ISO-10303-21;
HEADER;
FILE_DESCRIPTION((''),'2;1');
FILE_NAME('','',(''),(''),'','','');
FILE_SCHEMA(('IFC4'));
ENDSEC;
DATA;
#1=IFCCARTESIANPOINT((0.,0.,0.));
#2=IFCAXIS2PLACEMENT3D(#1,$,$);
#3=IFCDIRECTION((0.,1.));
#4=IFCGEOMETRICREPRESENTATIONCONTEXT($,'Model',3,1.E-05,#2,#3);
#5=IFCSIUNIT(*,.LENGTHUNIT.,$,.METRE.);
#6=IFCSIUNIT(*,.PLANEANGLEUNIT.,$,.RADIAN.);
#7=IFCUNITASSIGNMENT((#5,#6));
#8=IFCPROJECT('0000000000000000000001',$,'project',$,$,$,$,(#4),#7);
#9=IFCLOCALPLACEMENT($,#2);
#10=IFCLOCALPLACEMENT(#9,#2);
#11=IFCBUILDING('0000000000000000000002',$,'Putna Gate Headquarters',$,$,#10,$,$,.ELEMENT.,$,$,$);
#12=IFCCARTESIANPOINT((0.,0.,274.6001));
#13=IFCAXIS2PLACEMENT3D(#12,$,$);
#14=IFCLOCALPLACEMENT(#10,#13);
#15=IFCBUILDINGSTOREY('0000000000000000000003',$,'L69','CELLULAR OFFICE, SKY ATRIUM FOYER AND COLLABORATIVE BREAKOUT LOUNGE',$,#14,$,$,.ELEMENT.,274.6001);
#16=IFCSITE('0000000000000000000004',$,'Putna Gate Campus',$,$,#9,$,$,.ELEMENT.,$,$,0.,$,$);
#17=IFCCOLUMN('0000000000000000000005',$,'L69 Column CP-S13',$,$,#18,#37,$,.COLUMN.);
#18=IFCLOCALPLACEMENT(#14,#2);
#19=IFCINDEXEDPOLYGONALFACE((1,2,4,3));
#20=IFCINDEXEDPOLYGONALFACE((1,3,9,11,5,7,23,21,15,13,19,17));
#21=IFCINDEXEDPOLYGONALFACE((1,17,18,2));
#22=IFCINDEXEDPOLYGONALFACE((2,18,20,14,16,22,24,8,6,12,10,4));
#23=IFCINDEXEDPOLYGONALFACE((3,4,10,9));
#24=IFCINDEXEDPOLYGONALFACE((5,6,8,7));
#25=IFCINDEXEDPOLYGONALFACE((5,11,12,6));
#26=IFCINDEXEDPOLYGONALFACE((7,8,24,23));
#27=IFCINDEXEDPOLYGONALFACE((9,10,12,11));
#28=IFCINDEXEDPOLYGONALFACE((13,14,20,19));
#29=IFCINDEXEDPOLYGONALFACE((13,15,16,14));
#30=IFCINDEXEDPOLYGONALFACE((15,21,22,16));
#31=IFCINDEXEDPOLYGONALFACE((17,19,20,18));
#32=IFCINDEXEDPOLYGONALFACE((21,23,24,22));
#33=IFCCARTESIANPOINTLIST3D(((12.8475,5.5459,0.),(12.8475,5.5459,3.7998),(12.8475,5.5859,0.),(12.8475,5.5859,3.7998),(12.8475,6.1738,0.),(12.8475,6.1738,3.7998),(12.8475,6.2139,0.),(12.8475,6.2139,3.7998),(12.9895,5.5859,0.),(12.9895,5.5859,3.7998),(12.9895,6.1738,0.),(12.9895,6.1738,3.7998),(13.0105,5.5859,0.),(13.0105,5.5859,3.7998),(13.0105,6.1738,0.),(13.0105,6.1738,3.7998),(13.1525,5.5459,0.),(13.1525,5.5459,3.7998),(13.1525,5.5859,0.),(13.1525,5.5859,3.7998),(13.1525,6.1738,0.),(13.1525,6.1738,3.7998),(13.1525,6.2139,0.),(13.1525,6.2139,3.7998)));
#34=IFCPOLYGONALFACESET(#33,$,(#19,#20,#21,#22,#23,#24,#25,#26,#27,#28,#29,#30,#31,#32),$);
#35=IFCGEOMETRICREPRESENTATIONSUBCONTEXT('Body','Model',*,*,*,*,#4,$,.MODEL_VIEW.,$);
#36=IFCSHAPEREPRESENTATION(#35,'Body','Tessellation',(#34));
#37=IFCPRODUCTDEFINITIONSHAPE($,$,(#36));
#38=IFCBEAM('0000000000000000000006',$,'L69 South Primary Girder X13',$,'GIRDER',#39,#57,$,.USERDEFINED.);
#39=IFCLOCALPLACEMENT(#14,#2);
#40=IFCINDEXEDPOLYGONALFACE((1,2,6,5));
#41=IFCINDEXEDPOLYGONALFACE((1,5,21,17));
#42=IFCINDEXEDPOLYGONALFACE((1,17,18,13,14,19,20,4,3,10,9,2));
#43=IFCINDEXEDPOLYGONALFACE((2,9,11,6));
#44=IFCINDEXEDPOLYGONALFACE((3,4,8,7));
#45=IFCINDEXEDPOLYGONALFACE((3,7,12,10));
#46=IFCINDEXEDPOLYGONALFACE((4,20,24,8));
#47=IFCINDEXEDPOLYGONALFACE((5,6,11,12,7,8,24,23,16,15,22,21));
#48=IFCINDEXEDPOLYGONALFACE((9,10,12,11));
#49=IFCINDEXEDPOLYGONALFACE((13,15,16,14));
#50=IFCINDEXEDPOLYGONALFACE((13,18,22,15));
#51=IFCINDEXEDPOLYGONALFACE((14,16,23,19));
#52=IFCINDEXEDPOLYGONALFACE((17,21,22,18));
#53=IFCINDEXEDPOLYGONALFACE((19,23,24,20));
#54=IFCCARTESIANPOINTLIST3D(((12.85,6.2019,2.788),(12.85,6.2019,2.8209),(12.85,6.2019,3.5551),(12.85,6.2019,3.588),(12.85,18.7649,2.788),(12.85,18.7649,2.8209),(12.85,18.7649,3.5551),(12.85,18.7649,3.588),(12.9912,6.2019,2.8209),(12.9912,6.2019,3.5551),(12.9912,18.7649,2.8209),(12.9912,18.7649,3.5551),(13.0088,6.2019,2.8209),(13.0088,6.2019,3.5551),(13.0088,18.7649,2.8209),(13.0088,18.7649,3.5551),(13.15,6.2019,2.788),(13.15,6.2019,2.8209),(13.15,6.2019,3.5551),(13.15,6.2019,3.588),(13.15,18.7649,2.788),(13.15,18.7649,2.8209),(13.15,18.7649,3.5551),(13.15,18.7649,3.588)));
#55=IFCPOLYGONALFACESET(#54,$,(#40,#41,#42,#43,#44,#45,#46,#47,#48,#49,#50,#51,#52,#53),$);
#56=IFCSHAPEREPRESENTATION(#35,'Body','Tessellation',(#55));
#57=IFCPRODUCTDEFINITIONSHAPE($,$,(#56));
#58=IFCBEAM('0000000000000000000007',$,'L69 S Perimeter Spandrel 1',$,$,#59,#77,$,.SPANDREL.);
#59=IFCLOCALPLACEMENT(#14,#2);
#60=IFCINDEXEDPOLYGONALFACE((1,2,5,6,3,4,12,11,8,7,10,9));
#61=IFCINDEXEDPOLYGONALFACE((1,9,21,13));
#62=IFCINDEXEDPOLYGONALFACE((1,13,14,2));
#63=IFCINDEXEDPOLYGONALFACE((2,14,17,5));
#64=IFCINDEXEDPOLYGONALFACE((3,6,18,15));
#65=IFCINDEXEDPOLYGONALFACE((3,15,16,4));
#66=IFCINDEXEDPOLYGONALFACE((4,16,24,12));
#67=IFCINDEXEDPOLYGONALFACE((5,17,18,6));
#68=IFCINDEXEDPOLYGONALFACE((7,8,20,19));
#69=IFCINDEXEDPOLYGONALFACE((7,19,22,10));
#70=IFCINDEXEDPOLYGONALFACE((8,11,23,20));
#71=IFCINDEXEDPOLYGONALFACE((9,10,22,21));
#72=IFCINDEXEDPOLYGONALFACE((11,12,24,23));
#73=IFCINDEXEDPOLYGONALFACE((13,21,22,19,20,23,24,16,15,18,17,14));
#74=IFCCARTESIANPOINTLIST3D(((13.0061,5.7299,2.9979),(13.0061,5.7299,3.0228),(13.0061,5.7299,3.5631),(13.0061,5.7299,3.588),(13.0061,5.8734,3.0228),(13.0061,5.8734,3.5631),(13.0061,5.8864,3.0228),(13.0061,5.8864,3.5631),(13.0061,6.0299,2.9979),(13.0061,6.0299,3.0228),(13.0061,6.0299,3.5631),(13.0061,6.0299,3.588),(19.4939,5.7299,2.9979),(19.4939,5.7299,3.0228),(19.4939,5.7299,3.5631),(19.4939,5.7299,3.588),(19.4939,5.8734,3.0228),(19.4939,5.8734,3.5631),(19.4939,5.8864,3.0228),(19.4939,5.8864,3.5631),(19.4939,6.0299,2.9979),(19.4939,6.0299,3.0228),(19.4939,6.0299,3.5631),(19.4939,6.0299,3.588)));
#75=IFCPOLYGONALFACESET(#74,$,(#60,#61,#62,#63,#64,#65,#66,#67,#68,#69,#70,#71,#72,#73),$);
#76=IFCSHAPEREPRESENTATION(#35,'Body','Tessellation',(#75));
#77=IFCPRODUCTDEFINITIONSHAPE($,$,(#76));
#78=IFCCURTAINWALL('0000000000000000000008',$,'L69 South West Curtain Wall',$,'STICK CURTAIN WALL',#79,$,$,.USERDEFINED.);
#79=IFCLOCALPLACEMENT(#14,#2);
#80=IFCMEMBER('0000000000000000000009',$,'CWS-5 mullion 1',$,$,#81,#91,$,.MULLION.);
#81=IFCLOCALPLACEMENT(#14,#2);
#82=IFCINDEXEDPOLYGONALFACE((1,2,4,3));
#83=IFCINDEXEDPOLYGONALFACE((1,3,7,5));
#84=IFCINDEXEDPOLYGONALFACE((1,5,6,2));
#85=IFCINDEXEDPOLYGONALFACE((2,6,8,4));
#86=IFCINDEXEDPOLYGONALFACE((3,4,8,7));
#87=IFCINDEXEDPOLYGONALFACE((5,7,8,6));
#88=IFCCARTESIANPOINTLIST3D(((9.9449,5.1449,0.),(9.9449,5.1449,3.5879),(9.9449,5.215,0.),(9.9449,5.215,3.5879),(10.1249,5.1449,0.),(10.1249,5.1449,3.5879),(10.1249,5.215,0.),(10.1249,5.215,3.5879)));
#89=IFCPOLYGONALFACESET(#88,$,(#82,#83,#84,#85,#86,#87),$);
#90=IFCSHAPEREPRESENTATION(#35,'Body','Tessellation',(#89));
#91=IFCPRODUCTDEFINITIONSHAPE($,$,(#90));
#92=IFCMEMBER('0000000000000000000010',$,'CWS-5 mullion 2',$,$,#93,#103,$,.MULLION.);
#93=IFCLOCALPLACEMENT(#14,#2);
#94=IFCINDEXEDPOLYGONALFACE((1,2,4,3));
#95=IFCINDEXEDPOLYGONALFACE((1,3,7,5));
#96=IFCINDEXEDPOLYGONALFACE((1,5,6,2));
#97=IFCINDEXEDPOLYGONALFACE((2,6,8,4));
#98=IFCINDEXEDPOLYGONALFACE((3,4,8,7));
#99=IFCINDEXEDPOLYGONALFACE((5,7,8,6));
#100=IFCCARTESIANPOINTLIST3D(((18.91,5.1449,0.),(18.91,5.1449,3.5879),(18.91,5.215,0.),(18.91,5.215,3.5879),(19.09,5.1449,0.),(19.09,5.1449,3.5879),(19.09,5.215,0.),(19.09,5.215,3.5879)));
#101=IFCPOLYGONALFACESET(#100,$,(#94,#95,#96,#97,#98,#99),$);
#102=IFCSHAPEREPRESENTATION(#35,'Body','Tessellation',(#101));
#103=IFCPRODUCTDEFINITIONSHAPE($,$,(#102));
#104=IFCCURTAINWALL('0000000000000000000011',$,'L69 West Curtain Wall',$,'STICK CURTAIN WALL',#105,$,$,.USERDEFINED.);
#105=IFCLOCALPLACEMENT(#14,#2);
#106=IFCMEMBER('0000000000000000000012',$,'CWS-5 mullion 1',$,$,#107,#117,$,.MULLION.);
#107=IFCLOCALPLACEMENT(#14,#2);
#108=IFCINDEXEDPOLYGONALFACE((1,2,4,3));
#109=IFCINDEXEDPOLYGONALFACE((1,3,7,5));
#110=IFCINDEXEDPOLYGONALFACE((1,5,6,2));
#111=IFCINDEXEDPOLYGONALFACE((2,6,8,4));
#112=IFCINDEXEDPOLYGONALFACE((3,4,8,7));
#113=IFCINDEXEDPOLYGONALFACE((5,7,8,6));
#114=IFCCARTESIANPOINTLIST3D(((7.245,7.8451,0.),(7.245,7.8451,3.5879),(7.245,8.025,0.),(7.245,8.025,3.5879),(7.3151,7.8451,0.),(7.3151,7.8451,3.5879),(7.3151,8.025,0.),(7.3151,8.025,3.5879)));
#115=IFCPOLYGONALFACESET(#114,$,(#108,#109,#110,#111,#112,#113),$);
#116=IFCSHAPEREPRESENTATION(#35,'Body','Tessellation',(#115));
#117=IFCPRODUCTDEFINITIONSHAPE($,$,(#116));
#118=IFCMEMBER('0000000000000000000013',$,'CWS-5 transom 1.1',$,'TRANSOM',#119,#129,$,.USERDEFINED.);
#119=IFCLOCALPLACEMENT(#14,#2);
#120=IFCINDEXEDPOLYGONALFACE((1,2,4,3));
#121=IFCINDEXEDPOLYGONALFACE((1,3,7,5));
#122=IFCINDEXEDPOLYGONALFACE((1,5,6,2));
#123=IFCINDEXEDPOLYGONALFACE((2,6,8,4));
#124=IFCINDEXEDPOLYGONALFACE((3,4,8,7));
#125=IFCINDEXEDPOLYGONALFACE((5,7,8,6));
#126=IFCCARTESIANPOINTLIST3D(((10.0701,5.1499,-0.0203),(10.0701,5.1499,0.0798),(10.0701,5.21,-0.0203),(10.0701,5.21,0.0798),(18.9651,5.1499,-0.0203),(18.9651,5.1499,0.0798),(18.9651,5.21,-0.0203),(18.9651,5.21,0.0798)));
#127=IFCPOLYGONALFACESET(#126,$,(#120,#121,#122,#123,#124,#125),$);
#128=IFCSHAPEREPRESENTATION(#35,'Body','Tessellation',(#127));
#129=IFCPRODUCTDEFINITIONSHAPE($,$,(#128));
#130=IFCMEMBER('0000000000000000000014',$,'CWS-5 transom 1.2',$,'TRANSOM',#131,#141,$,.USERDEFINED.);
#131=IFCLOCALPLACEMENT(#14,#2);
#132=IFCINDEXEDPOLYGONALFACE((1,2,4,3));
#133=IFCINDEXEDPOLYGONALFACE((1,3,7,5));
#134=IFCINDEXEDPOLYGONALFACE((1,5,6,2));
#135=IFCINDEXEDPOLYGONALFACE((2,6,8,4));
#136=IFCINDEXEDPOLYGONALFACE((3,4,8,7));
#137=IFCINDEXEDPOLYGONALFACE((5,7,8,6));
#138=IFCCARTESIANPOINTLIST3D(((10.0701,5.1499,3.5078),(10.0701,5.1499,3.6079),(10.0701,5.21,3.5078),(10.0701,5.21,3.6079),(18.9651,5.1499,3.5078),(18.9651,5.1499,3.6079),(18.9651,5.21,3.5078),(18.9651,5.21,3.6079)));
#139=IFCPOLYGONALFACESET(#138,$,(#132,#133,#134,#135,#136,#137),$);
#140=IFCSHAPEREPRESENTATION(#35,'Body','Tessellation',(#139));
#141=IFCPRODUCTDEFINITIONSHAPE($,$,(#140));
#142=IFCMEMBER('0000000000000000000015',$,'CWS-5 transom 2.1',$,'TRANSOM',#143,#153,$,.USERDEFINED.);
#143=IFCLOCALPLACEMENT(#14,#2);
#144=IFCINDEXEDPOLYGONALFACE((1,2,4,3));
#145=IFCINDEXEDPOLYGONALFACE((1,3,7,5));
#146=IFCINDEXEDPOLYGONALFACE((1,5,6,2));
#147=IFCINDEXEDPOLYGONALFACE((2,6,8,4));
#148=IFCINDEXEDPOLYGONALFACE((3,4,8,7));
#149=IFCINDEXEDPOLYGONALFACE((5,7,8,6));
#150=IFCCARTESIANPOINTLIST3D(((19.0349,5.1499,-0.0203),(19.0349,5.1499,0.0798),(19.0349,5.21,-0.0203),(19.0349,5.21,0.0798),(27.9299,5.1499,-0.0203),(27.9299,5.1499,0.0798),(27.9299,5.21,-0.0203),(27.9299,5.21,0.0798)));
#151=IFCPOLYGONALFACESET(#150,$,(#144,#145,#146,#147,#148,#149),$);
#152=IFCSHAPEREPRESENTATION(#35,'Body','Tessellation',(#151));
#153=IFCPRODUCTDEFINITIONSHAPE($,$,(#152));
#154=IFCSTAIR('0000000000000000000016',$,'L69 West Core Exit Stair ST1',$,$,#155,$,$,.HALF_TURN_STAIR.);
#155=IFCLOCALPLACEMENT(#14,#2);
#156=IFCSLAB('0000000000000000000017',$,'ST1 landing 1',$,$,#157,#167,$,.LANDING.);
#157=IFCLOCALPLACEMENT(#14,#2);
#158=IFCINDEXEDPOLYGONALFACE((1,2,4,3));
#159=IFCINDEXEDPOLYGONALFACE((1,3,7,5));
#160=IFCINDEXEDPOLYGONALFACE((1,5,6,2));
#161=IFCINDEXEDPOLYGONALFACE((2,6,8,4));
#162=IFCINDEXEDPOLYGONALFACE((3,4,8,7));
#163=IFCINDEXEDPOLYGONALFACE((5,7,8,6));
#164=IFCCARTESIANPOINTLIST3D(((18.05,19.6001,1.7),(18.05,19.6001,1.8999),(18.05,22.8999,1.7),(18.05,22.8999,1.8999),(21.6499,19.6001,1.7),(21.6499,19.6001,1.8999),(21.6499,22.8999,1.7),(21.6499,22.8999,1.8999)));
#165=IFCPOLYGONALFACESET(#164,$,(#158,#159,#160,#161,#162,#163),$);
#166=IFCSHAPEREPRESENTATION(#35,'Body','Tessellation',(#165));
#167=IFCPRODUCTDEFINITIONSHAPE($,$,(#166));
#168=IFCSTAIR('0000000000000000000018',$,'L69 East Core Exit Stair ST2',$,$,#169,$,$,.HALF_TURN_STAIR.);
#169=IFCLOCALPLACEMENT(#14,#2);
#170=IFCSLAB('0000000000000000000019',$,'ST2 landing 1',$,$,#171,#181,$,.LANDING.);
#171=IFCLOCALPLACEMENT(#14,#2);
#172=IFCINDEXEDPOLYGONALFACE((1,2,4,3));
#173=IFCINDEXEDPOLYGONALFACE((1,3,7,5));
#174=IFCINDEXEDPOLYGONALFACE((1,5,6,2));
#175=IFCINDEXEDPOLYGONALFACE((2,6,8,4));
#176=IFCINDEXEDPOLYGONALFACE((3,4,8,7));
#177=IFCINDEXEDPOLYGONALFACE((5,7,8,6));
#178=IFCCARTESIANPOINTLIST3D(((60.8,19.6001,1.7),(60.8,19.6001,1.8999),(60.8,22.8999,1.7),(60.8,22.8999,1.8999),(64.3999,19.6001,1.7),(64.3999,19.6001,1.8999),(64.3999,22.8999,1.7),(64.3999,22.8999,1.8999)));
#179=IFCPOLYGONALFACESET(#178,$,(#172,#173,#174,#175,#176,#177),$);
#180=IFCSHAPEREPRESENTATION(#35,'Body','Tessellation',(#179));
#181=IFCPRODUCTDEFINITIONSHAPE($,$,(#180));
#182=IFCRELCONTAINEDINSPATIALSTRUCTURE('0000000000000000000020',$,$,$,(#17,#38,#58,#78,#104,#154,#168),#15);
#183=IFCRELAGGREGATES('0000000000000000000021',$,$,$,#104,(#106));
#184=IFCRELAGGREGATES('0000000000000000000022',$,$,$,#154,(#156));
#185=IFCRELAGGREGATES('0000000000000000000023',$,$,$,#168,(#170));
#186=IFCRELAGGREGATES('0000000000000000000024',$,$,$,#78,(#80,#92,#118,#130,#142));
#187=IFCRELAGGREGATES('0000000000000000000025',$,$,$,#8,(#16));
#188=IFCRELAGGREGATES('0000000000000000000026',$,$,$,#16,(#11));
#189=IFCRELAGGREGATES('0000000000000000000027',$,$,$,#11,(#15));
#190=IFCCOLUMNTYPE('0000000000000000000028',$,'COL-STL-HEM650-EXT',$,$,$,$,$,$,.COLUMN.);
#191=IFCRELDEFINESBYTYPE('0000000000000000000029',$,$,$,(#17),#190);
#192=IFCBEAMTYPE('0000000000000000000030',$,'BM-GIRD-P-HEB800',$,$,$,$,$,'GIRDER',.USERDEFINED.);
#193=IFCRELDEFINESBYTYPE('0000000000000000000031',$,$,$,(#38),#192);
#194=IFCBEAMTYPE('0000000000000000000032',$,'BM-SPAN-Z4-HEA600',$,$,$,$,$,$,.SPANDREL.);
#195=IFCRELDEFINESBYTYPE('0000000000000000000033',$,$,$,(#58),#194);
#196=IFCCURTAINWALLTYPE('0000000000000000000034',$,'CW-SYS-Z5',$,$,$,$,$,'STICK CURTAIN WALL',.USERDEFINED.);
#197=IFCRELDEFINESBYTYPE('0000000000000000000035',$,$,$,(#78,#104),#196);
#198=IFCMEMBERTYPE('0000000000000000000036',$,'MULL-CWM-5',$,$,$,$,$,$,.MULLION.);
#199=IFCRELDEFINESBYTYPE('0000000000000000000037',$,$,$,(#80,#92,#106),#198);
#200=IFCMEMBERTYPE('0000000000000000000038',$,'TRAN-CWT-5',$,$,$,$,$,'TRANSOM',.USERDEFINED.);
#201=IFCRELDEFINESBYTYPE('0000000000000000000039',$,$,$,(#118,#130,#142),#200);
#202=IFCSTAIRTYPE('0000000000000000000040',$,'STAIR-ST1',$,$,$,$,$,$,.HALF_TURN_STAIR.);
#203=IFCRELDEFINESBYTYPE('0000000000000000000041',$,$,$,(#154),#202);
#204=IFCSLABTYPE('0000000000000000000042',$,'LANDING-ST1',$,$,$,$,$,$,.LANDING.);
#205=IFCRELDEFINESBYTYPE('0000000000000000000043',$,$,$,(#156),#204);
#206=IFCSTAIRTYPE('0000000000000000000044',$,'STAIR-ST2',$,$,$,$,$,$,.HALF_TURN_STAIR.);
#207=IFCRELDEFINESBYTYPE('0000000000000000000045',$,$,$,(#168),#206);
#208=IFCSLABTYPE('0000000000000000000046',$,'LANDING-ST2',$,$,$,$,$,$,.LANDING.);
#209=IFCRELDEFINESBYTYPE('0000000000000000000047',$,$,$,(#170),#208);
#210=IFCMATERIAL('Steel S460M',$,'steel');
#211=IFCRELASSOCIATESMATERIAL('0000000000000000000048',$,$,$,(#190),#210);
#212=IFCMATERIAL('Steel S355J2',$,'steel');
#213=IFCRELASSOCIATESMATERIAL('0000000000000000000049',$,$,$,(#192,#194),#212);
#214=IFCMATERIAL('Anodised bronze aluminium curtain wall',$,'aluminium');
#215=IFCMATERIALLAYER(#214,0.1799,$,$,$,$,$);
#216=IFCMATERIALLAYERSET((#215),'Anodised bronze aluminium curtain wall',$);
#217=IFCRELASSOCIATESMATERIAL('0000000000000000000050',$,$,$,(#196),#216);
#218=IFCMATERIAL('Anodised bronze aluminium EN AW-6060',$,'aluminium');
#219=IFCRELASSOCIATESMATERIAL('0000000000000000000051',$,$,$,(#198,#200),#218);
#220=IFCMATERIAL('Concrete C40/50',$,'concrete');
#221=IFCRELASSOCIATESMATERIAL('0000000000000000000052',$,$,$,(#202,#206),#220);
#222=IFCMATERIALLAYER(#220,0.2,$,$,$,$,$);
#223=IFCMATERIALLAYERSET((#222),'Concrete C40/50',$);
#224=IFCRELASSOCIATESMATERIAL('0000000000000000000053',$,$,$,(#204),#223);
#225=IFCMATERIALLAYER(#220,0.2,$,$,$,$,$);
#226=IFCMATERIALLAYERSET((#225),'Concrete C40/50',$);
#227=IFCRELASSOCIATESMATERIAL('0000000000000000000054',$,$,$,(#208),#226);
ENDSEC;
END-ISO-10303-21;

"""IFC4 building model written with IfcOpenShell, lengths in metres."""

from ifc_helpers import new_model, si_unit, direction, frame, origin, origin_2d, place, context, subcontext, project, spatial, polyline, rectangle, i_section, outline, extrude, material, layer, layer_set, material_profile, profile_set, type_object, element, aggregate, save


model = new_model("IFC4")

# Units and contexts
model_context = context("Model", 3, precision=1e-05, world=origin(), true_north=direction((0.0, 1.0)))
body_context = subcontext(model_context, "Body", "Model", "MODEL_VIEW")
ifc_project = project(units=[si_unit("LENGTHUNIT", "METRE"), si_unit("PLANEANGLEUNIT", "RADIAN")], contexts=[model_context])

# Site, building, storey
site_placement = place(None, origin())
site = spatial("IfcSite", under=ifc_project, at=site_placement, Name="Putna Gate Campus", CompositionType="ELEMENT", RefElevation=0.0)
building_placement = place(site_placement, origin())
building = spatial("IfcBuilding", under=site, at=building_placement, Name="Putna Gate Headquarters", CompositionType="ELEMENT")
storey_placement = place(building_placement, frame((0.0, 0.0, 274.6001)))
storey = spatial("IfcBuildingStorey", under=building, at=storey_placement, Name="L69", Description="CELLULAR OFFICE, SKY ATRIUM FOYER AND COLLABORATIVE BREAKOUT LOUNGE", CompositionType="ELEMENT", Elevation=274.6001)

# Column
ifc_material_1 = material(Name="Steel S460M", Category="steel")
ifc_material_profile_1 = material_profile(ifc_material_1, i_section(OverallWidth=0.3049, OverallDepth=0.668, WebThickness=0.021, FlangeThickness=0.04, at=origin_2d()), Name="Steel S460M")
ifc_profile_set_1 = profile_set([ifc_material_profile_1], Name="Steel S460M")
column_type = type_object("IfcColumnType", Name="COL-STL-HEM650-EXT", PredefinedType="COLUMN", material=ifc_profile_set_1)
column_placement = place(storey_placement, frame((13.0, 5.8799, 0.0), z_axis=(0.0, 0.0, 1.0), x_axis=(1.0, 0.0, 0.0)))
element("IfcColumn", 1, at=column_placement, inside=storey, type_object=column_type, Name="L69 Column CP-S13", PredefinedType="COLUMN", context=body_context, shape_type="SweptSolid", body=[
    extrude(i_section(OverallWidth=0.3049, OverallDepth=0.668, WebThickness=0.021, FlangeThickness=0.04, at=origin_2d()), origin(), (0.0, 0.0, 1.0), 3.7998),
])

# Beams
ifc_material_2 = material(Name="Steel S355J2", Category="steel")
ifc_material_profile_2 = material_profile(ifc_material_2, i_section(OverallWidth=0.3, OverallDepth=0.8, WebThickness=0.0176, FlangeThickness=0.033, at=origin_2d()), Name="Steel S355J2")
ifc_profile_set_2 = profile_set([ifc_material_profile_2], Name="Steel S355J2")
beam_type_1 = type_object("IfcBeamType", Name="BM-GIRD-P-HEB800", ElementType="GIRDER", PredefinedType="USERDEFINED", material=ifc_profile_set_2)
beam_1_placement = place(storey_placement, frame((13.0, 6.2019, 3.188), z_axis=(0.0, 1.0, 0.0), x_axis=(-1.0, 0.0, 0.0)))
element("IfcBeam", 2, at=beam_1_placement, inside=storey, type_object=beam_type_1, Name="L69 South Primary Girder X13", ObjectType="GIRDER", PredefinedType="USERDEFINED", context=body_context, shape_type="SweptSolid", body=[
    extrude(i_section(OverallWidth=0.3, OverallDepth=0.8, WebThickness=0.0176, FlangeThickness=0.033, at=origin_2d()), origin(), (0.0, 0.0, 1.0), 12.563),
])
ifc_material_profile_3 = material_profile(ifc_material_2, i_section(OverallWidth=0.3, OverallDepth=0.5901, WebThickness=0.0129, FlangeThickness=0.0249, at=origin_2d()), Name="Steel S355J2")
ifc_profile_set_3 = profile_set([ifc_material_profile_3], Name="Steel S355J2")
beam_type_2 = type_object("IfcBeamType", Name="BM-SPAN-Z4-HEA600", PredefinedType="SPANDREL", material=ifc_profile_set_3)
beam_2_placement = place(storey_placement, frame((13.0061, 5.8799, 3.293), z_axis=(1.0, 0.0, 0.0), x_axis=(0.0, 1.0, 0.0)))
element("IfcBeam", 3, at=beam_2_placement, inside=storey, type_object=beam_type_2, Name="L69 S Perimeter Spandrel 1", PredefinedType="SPANDREL", context=body_context, shape_type="SweptSolid", body=[
    extrude(i_section(OverallWidth=0.3, OverallDepth=0.5901, WebThickness=0.0129, FlangeThickness=0.0249, at=origin_2d()), origin(), (0.0, 0.0, 1.0), 6.4878),
])

# Curtain wall, members
ifc_material_3 = material(Name="Anodised bronze aluminium curtain wall", Category="aluminium")
ifc_layer_1 = layer(ifc_material_3, 0.1799)
ifc_layer_set_1 = layer_set([ifc_layer_1], Name="Anodised bronze aluminium curtain wall")
curtain_wall_type = type_object("IfcCurtainWallType", Name="CW-SYS-Z5", ElementType="STICK CURTAIN WALL", PredefinedType="USERDEFINED", material=ifc_layer_set_1)
curtain_wall_1_placement = place(storey_placement, origin())
curtain_wall_1 = element("IfcCurtainWall", 4, at=curtain_wall_1_placement, inside=storey, type_object=curtain_wall_type, Name="L69 South West Curtain Wall", ObjectType="STICK CURTAIN WALL", PredefinedType="USERDEFINED")
ifc_material_4 = material(Name="Anodised bronze aluminium EN AW-6060", Category="aluminium")
ifc_material_profile_4 = material_profile(ifc_material_4, rectangle(XDim=0.0701, YDim=0.1799, at=origin_2d()), Name="Anodised bronze aluminium EN AW-6060")
ifc_profile_set_4 = profile_set([ifc_material_profile_4], Name="Anodised bronze aluminium EN AW-6060")
member_type_1 = type_object("IfcMemberType", Name="MULL-CWM-5", PredefinedType="MULLION", material=ifc_profile_set_4)
member_1_placement = place(storey_placement, frame((10.0349, 5.1799, 0.0), z_axis=(0.0, 0.0, 1.0), x_axis=(0.0, 1.0, 0.0)))
member_1 = element("IfcMember", 5, at=member_1_placement, type_object=member_type_1, Name="CWS-5 mullion 1", PredefinedType="MULLION", context=body_context, shape_type="SweptSolid", body=[
    extrude(rectangle(XDim=0.0701, YDim=0.1799, at=origin_2d()), origin(), (0.0, 0.0, 1.0), 3.5879),
])
member_2_placement = place(storey_placement, frame((19.0, 5.1799, 0.0), z_axis=(0.0, 0.0, 1.0), x_axis=(0.0, 1.0, 0.0)))
member_2 = element("IfcMember", 6, at=member_2_placement, type_object=member_type_1, Name="CWS-5 mullion 2", PredefinedType="MULLION", context=body_context, shape_type="SweptSolid", body=[
    extrude(rectangle(XDim=0.0701, YDim=0.1799, at=origin_2d()), origin(), (0.0, 0.0, 1.0), 3.5879),
])

# Curtain wall, member
curtain_wall_2_placement = place(storey_placement, origin())
curtain_wall_2 = element("IfcCurtainWall", 7, at=curtain_wall_2_placement, inside=storey, type_object=curtain_wall_type, Name="L69 West Curtain Wall", ObjectType="STICK CURTAIN WALL", PredefinedType="USERDEFINED")
member_3_placement = place(storey_placement, frame((7.28, 7.9351, 0.0), z_axis=(0.0, 0.0, 1.0), x_axis=(-1.0, 0.0, 0.0)))
member_3 = element("IfcMember", 8, at=member_3_placement, type_object=member_type_1, Name="CWS-5 mullion 1", PredefinedType="MULLION", context=body_context, shape_type="SweptSolid", body=[
    extrude(rectangle(XDim=0.0701, YDim=0.1799, at=origin_2d()), origin(), (0.0, 0.0, 1.0), 3.5879),
])
aggregate(curtain_wall_2, [member_3])

# Members
ifc_material_profile_5 = material_profile(ifc_material_4, rectangle(XDim=0.0601, YDim=0.1001, at=origin_2d()), Name="Anodised bronze aluminium EN AW-6060")
ifc_profile_set_5 = profile_set([ifc_material_profile_5], Name="Anodised bronze aluminium EN AW-6060")
member_type_2 = type_object("IfcMemberType", Name="TRAN-CWT-5", ElementType="TRANSOM", PredefinedType="USERDEFINED", material=ifc_profile_set_5)
member_4_placement = place(storey_placement, frame((10.0701, 5.1799, 0.0298), z_axis=(1.0, 0.0, 0.0), x_axis=(0.0, 1.0, 0.0)))
member_4 = element("IfcMember", 9, at=member_4_placement, type_object=member_type_2, Name="CWS-5 transom 1.1", ObjectType="TRANSOM", PredefinedType="USERDEFINED", context=body_context, shape_type="SweptSolid", body=[
    extrude(rectangle(XDim=0.0601, YDim=0.1001, at=origin_2d()), origin(), (0.0, 0.0, 1.0), 8.895),
])
member_5_placement = place(storey_placement, frame((10.0701, 5.1799, 3.5579), z_axis=(1.0, 0.0, 0.0), x_axis=(0.0, 1.0, 0.0)))
member_5 = element("IfcMember", 10, at=member_5_placement, type_object=member_type_2, Name="CWS-5 transom 1.2", ObjectType="TRANSOM", PredefinedType="USERDEFINED", context=body_context, shape_type="SweptSolid", body=[
    extrude(rectangle(XDim=0.0601, YDim=0.1001, at=origin_2d()), origin(), (0.0, 0.0, 1.0), 8.895),
])
member_6_placement = place(storey_placement, frame((19.0349, 5.1799, 0.0298), z_axis=(1.0, 0.0, 0.0), x_axis=(0.0, 1.0, 0.0)))
member_6 = element("IfcMember", 11, at=member_6_placement, type_object=member_type_2, Name="CWS-5 transom 2.1", ObjectType="TRANSOM", PredefinedType="USERDEFINED", context=body_context, shape_type="SweptSolid", body=[
    extrude(rectangle(XDim=0.0601, YDim=0.1001, at=origin_2d()), origin(), (0.0, 0.0, 1.0), 8.895),
])

# Stairs, slabs
ifc_material_5 = material(Name="Concrete C40/50", Category="concrete")
stair_type_1 = type_object("IfcStairType", Name="STAIR-ST1", PredefinedType="HALF_TURN_STAIR", material=ifc_material_5)
stair_1_placement = place(storey_placement, origin())
stair_1 = element("IfcStair", 12, at=stair_1_placement, inside=storey, type_object=stair_type_1, Name="L69 West Core Exit Stair ST1", PredefinedType="HALF_TURN_STAIR")
ifc_layer_2 = layer(ifc_material_5, 0.2)
ifc_layer_set_2 = layer_set([ifc_layer_2], Name="Concrete C40/50")
slab_type_1 = type_object("IfcSlabType", Name="LANDING-ST1", PredefinedType="LANDING", material=ifc_layer_set_2)
slab_1_placement = place(storey_placement, frame((0.0, 0.0, 1.7)))
slab_1 = element("IfcSlab", 13, at=slab_1_placement, type_object=slab_type_1, Name="ST1 landing 1", PredefinedType="LANDING", context=body_context, shape_type="SweptSolid", body=[
    extrude(outline(polyline([(18.05, 19.6001), (21.6499, 19.6001), (21.6499, 22.8999), (18.05, 22.8999), (18.05, 19.6001)])), origin(), (0.0, 0.0, 1.0), 0.2),
])
aggregate(stair_1, [slab_1])
stair_type_2 = type_object("IfcStairType", Name="STAIR-ST2", PredefinedType="HALF_TURN_STAIR", material=ifc_material_5)
stair_2_placement = place(storey_placement, origin())
stair_2 = element("IfcStair", 14, at=stair_2_placement, inside=storey, type_object=stair_type_2, Name="L69 East Core Exit Stair ST2", PredefinedType="HALF_TURN_STAIR")
ifc_layer_3 = layer(ifc_material_5, 0.2)
ifc_layer_set_3 = layer_set([ifc_layer_3], Name="Concrete C40/50")
slab_type_2 = type_object("IfcSlabType", Name="LANDING-ST2", PredefinedType="LANDING", material=ifc_layer_set_3)
slab_2_placement = place(storey_placement, frame((0.0, 0.0, 1.7)))
slab_2 = element("IfcSlab", 15, at=slab_2_placement, type_object=slab_type_2, Name="ST2 landing 1", PredefinedType="LANDING", context=body_context, shape_type="SweptSolid", body=[
    extrude(outline(polyline([(60.8, 19.6001), (64.3999, 19.6001), (64.3999, 22.8999), (60.8, 22.8999), (60.8, 19.6001)])), origin(), (0.0, 0.0, 1.0), 0.2),
])
aggregate(stair_2, [slab_2])

aggregate(curtain_wall_1, [member_1, member_2, member_4, member_5, member_6])

save(model, "model.ifc")
